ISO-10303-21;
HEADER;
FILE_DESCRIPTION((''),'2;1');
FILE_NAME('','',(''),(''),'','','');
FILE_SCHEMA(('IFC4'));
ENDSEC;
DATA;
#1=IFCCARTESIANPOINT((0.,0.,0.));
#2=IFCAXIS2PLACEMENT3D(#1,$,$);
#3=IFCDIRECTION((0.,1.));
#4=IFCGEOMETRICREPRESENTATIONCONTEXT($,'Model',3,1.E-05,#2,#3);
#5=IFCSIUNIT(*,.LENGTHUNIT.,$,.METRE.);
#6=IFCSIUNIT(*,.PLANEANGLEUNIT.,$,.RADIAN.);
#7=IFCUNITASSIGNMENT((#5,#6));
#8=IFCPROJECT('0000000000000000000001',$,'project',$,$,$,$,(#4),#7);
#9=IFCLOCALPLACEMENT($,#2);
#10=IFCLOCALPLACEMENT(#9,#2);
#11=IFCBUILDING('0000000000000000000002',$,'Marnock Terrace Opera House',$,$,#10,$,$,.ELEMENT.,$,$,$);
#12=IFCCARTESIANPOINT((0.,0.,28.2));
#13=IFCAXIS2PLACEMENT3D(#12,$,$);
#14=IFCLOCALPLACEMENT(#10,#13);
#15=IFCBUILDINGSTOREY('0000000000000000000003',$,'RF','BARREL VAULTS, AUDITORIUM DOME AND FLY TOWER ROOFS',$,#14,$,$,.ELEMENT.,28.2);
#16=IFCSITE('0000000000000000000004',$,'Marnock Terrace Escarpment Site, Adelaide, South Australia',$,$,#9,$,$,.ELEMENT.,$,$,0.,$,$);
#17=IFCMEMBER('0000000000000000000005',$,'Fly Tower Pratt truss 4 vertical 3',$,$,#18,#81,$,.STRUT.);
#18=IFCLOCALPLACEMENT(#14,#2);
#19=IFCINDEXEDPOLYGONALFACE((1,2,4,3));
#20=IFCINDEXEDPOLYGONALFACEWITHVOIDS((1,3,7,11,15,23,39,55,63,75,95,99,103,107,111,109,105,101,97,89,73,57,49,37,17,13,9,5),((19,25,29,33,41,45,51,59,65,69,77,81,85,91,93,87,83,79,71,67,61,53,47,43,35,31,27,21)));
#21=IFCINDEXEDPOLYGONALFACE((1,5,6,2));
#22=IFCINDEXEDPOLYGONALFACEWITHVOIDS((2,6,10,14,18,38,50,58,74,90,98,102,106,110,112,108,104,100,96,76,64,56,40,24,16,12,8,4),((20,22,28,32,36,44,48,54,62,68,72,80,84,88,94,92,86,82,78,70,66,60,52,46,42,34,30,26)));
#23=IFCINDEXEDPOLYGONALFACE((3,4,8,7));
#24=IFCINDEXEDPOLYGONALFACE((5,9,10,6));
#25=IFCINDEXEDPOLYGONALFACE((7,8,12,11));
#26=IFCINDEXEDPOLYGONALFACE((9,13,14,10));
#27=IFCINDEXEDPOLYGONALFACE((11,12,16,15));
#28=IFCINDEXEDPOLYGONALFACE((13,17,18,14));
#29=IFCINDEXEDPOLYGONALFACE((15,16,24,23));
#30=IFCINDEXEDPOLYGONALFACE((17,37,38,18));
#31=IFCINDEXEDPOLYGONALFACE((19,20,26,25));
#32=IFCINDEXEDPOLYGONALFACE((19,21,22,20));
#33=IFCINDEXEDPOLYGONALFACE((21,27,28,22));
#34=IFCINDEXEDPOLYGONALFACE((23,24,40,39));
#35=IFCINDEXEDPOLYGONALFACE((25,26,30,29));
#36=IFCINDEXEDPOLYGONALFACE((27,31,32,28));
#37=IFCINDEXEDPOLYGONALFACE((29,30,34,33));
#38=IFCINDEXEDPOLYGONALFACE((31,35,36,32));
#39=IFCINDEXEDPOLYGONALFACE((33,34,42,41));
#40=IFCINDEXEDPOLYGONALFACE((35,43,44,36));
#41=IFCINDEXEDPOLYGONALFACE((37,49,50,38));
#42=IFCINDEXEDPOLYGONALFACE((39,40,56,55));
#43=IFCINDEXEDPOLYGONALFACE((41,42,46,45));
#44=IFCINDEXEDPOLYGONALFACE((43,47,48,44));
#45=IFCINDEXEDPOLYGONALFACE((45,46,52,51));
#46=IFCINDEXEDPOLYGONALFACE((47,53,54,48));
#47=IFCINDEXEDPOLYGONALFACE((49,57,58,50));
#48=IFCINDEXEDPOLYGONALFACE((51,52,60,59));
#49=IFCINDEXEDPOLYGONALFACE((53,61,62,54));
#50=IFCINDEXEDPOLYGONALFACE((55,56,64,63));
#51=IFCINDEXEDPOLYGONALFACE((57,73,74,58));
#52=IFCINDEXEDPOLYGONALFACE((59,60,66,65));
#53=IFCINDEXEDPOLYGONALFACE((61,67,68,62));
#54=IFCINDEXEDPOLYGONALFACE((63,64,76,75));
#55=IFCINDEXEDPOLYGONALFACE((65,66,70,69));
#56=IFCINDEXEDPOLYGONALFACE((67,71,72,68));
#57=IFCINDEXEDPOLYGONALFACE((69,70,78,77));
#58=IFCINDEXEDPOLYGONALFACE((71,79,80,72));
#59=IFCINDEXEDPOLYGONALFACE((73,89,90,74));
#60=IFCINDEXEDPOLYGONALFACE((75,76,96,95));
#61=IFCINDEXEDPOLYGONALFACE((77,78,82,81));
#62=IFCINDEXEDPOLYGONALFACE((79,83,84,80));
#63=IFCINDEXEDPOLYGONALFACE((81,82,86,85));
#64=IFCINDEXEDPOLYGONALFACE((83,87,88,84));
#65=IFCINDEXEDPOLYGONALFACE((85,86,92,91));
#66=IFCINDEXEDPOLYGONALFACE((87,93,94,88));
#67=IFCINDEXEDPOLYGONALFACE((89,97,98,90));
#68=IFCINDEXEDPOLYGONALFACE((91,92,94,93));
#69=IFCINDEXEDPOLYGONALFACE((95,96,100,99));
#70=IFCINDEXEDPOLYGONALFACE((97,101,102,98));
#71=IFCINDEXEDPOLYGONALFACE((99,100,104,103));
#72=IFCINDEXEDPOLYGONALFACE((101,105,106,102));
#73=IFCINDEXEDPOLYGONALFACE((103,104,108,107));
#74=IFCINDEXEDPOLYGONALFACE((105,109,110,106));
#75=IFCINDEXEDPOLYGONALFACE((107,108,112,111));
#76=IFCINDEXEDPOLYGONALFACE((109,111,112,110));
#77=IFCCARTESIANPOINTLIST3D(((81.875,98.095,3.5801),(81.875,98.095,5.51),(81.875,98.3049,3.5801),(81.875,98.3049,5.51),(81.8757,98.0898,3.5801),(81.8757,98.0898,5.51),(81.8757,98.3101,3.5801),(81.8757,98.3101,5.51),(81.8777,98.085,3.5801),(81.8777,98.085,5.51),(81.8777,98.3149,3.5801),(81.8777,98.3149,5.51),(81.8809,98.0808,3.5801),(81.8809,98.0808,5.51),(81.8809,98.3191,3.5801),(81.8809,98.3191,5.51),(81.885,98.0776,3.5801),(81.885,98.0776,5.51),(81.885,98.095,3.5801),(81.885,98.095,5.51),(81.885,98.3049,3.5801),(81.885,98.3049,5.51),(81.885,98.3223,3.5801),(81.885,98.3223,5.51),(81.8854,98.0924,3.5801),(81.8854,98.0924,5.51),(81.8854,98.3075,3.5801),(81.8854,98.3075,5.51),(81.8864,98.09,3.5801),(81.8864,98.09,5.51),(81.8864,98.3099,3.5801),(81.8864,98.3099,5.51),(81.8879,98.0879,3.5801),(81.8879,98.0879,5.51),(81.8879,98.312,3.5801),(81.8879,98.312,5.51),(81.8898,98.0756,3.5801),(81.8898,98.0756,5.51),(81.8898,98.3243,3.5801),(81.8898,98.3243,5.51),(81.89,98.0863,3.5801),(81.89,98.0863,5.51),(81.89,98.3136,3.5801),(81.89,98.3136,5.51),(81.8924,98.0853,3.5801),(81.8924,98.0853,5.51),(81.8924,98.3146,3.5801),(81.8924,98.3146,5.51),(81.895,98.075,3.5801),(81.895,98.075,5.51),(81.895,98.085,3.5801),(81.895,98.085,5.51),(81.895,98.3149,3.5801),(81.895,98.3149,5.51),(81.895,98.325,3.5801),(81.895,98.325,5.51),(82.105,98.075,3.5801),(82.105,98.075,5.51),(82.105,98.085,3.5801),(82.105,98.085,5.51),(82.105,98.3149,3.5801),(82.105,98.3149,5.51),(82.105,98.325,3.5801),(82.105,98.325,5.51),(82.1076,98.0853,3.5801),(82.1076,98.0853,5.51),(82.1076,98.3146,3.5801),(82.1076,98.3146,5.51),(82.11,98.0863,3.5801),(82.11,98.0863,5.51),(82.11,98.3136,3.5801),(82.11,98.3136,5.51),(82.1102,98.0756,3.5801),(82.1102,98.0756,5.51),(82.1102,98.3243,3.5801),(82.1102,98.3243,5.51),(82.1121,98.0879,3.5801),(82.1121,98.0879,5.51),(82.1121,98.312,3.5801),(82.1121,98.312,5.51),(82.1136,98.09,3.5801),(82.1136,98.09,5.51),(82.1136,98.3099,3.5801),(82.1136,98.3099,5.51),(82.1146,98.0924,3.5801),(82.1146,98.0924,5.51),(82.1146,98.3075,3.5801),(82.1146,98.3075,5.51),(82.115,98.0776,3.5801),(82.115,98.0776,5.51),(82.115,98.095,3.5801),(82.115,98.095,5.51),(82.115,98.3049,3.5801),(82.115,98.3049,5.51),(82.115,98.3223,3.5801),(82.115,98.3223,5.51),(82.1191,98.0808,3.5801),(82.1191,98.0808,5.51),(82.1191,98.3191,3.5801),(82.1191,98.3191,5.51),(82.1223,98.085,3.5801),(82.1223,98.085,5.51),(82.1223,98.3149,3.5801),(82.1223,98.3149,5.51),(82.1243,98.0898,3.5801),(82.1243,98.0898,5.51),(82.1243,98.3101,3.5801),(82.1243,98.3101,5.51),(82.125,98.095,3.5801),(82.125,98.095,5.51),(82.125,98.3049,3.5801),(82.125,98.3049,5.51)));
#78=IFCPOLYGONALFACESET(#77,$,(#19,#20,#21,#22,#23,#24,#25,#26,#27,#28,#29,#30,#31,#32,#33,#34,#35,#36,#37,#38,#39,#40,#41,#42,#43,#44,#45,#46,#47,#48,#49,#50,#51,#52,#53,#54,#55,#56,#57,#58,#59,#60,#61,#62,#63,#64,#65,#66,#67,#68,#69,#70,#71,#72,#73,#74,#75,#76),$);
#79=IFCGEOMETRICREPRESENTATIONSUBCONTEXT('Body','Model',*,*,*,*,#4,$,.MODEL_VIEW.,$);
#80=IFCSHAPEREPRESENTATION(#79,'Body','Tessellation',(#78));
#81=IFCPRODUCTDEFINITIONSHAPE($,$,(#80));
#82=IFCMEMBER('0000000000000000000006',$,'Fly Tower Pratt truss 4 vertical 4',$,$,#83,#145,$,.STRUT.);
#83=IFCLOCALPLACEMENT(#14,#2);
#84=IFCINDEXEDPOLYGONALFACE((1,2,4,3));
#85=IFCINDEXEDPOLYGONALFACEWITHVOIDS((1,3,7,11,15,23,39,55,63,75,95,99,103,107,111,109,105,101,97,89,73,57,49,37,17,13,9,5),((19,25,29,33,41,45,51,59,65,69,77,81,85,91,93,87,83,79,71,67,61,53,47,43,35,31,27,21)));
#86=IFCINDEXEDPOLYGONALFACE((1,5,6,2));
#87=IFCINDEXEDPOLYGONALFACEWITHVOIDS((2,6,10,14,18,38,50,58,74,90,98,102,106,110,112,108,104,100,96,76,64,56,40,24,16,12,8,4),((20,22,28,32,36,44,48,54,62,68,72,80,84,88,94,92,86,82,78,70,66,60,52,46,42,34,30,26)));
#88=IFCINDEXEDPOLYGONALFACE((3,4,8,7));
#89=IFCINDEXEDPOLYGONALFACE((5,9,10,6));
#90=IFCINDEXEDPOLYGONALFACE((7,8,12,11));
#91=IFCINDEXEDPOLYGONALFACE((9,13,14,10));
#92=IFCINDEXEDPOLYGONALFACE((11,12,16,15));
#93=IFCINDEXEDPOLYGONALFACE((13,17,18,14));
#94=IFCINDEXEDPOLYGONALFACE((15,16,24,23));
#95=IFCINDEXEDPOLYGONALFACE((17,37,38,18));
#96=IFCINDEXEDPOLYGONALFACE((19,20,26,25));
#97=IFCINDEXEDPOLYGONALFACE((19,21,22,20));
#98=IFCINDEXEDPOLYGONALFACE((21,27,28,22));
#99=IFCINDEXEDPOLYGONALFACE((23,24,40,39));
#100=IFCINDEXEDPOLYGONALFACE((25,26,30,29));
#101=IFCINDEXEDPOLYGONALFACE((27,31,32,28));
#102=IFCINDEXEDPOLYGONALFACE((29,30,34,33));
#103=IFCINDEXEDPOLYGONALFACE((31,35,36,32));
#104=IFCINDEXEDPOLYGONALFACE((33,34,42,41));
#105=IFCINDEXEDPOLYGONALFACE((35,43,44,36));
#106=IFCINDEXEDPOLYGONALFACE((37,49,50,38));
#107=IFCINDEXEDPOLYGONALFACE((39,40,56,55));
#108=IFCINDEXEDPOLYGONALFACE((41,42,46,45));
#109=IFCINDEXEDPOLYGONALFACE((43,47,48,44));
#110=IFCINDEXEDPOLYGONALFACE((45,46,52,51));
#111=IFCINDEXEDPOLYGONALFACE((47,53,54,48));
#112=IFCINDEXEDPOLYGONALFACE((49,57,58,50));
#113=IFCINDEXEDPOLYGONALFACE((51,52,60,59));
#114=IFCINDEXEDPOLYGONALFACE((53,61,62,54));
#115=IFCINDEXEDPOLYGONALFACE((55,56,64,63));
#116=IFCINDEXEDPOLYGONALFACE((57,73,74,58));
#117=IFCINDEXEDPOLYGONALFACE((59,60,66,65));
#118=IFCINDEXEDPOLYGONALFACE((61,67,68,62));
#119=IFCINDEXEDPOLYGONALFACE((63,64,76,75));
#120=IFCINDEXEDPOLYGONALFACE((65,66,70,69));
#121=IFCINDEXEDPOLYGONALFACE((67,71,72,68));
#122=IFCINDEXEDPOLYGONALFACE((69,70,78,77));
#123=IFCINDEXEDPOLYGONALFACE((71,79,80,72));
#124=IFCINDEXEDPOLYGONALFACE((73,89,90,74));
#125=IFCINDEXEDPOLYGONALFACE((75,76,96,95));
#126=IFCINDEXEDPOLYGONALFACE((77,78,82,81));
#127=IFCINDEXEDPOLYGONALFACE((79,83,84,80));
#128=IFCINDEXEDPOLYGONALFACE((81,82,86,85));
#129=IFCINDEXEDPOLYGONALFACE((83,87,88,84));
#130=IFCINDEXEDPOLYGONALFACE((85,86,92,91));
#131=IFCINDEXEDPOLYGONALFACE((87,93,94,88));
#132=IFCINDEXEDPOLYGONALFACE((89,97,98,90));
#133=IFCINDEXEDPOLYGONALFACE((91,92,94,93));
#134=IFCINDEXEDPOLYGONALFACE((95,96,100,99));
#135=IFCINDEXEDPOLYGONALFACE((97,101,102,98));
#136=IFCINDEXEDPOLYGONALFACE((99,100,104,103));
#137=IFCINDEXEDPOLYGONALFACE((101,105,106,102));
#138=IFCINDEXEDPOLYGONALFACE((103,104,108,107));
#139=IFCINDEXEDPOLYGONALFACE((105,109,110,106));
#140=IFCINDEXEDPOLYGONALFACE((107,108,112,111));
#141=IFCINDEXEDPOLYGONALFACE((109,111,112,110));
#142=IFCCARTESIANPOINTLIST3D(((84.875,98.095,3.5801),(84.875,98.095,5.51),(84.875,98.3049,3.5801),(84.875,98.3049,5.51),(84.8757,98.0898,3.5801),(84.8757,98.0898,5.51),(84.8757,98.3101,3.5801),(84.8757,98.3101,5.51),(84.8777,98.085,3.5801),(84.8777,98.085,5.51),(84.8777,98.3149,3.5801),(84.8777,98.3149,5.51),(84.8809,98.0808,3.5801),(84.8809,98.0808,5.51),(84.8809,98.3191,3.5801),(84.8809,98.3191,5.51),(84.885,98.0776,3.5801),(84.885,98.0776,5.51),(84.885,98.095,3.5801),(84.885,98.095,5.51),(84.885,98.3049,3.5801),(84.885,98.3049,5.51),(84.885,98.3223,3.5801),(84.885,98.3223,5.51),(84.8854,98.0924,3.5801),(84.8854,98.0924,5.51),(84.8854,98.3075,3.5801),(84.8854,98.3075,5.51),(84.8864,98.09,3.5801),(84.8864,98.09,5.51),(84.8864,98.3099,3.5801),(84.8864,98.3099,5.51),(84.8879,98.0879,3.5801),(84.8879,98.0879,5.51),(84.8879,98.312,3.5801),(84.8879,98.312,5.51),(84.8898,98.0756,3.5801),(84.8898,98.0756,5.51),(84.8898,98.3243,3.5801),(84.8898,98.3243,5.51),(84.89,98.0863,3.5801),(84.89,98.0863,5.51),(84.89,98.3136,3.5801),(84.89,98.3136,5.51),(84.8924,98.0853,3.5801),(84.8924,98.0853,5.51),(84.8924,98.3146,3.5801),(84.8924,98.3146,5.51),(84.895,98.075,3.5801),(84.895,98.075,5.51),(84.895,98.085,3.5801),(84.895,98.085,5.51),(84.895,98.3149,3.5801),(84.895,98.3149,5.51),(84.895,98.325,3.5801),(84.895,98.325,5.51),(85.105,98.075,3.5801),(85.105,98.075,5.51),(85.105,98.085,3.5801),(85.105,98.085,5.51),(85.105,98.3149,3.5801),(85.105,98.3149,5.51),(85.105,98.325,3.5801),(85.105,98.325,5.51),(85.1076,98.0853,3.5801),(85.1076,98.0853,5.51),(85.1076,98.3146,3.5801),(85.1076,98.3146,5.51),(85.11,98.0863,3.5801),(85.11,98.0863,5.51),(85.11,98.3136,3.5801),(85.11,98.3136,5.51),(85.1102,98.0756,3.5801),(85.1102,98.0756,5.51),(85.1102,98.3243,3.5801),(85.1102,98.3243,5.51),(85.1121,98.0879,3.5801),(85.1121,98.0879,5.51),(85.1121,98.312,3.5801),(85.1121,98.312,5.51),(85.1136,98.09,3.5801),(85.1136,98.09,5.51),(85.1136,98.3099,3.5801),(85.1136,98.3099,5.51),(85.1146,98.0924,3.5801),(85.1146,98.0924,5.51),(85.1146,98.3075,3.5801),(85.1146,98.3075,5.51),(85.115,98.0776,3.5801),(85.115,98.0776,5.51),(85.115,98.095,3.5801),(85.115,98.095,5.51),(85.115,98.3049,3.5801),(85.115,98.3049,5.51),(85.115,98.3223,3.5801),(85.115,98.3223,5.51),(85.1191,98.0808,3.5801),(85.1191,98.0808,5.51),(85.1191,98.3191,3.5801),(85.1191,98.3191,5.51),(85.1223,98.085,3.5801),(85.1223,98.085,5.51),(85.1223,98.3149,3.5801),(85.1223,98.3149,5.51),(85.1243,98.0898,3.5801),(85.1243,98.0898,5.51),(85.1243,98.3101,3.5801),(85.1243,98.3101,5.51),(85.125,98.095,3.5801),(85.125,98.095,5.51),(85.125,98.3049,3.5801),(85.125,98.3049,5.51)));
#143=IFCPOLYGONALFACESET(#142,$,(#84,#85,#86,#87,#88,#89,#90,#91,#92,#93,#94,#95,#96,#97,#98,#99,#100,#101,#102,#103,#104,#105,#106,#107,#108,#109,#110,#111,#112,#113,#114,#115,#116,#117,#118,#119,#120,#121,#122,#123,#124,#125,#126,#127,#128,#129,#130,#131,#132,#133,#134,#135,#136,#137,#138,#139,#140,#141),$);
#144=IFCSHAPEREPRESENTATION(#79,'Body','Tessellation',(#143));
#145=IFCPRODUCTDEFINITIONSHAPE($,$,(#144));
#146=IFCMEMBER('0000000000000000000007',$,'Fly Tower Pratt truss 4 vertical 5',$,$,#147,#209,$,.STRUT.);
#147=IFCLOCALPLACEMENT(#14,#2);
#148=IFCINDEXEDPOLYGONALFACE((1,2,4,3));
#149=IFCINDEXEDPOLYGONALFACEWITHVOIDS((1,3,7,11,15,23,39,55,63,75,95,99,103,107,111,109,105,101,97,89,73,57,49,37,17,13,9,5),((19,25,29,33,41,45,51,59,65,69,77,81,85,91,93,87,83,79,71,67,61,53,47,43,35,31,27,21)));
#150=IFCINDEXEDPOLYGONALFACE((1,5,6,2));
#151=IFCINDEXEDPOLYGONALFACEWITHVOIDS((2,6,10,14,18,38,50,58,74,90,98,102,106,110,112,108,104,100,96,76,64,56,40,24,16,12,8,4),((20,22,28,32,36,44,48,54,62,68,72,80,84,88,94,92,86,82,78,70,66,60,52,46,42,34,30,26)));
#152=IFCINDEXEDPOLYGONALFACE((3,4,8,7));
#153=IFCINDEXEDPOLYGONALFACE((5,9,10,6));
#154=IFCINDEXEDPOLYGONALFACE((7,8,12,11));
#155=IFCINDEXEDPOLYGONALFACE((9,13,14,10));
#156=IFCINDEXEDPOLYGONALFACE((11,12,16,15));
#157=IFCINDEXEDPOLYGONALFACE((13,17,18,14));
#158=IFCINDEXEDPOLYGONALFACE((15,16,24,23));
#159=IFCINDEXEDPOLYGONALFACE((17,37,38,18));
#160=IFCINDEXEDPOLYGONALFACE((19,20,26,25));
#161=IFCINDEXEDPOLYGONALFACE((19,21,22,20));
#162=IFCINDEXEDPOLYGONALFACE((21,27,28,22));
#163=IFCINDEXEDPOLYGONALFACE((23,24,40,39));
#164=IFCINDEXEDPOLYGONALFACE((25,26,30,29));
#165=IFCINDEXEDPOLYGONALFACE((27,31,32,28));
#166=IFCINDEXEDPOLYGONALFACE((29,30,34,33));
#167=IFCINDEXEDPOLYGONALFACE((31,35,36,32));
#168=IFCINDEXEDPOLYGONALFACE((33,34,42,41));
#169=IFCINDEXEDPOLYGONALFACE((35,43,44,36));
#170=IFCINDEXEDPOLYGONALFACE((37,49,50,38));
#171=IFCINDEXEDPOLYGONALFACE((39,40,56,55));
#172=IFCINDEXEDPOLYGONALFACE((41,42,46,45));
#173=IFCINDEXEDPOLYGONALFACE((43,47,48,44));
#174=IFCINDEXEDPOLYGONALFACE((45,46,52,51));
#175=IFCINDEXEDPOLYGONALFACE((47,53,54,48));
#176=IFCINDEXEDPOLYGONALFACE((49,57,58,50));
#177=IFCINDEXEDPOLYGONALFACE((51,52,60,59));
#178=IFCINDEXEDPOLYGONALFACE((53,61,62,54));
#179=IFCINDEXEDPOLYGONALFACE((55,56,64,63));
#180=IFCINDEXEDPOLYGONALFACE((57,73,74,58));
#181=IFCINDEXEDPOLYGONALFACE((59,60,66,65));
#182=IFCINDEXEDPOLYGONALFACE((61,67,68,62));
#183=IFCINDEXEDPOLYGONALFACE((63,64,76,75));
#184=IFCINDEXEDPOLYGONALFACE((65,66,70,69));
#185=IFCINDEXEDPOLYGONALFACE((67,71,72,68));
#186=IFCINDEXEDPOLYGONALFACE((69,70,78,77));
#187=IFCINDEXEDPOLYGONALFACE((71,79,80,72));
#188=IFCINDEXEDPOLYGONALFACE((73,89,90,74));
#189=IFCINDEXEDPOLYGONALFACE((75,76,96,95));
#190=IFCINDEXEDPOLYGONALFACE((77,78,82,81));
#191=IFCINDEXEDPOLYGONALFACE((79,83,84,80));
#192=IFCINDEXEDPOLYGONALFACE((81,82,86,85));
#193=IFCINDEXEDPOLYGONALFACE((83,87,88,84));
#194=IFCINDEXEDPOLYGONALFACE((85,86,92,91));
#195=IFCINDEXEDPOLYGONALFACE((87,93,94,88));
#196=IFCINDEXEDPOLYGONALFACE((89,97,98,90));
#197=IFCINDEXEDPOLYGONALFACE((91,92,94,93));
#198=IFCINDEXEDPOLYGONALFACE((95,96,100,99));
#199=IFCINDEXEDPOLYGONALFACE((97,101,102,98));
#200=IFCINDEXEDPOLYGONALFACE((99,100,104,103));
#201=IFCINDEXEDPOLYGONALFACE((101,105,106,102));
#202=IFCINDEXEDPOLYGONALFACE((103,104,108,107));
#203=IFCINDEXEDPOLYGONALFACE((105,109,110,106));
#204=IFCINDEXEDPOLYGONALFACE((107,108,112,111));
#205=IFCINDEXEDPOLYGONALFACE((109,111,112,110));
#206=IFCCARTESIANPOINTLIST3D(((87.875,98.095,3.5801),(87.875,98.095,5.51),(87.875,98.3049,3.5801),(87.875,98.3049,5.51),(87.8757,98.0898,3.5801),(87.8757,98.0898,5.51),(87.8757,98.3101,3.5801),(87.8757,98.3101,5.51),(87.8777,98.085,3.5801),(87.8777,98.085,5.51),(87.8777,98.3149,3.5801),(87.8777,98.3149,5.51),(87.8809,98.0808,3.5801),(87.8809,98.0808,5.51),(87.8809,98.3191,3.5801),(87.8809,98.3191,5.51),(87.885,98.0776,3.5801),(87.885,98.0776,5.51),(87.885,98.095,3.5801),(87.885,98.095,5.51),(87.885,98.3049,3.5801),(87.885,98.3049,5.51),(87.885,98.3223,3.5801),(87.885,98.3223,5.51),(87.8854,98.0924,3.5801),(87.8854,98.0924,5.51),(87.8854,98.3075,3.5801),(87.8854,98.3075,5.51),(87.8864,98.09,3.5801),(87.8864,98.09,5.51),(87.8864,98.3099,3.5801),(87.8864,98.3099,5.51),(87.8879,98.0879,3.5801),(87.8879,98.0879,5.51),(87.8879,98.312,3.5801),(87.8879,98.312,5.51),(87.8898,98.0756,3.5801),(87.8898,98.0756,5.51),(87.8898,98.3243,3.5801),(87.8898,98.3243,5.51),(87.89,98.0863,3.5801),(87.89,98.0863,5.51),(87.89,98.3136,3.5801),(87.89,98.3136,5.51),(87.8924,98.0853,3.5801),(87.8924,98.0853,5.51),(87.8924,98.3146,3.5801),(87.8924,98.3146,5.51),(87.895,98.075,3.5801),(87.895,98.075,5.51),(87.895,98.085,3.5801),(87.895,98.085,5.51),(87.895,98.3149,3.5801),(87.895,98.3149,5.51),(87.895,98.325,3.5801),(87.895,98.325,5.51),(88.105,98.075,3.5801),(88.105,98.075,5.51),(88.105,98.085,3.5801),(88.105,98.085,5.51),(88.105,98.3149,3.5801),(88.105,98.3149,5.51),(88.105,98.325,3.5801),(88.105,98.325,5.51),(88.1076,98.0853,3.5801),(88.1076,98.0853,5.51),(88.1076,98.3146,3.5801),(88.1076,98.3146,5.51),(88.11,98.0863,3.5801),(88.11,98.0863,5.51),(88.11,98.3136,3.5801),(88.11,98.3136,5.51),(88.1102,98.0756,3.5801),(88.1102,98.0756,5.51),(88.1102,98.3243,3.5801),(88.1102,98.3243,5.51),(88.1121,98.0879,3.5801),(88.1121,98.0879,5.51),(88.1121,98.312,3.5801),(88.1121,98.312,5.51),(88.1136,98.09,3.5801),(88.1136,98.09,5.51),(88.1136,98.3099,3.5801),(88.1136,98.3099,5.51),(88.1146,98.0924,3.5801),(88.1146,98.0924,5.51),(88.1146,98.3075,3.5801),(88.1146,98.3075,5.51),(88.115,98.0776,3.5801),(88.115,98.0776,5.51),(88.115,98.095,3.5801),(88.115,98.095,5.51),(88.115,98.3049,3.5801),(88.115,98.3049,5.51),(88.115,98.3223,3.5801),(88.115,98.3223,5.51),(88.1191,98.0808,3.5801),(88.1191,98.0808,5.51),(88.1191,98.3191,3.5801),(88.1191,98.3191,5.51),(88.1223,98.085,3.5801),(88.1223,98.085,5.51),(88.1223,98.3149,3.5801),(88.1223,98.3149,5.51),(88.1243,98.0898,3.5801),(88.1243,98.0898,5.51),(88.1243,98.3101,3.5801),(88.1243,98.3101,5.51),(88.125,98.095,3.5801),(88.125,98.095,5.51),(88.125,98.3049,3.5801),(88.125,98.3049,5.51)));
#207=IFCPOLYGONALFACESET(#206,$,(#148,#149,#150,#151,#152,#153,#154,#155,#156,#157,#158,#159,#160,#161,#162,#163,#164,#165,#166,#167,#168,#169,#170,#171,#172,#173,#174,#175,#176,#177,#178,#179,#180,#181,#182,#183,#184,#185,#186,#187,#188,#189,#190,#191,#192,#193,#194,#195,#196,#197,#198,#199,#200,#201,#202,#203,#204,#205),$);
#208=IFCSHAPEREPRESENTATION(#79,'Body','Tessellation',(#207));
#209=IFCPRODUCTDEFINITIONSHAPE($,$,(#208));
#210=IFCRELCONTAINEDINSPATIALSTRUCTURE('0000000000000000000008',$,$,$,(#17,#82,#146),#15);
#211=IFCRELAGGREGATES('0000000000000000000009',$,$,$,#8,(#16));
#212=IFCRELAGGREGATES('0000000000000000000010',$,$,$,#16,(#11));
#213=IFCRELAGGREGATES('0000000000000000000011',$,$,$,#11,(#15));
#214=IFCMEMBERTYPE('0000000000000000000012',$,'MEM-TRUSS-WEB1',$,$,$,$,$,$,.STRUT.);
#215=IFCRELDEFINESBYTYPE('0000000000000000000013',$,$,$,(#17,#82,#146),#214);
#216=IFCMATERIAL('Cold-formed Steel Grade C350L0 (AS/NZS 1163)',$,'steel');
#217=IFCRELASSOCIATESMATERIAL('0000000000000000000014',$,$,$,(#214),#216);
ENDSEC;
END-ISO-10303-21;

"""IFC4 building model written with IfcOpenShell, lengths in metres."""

from ifc_helpers import new_model, si_unit, direction, frame, origin, origin_2d, place, context, subcontext, project, spatial, hollow_rectangle, extrude, material, material_profile, profile_set, type_object, element, save


model = new_model("IFC4")

# Units and contexts
model_context = context("Model", 3, precision=1e-05, world=origin(), true_north=direction((0.0, 1.0)))
body_context = subcontext(model_context, "Body", "Model", "MODEL_VIEW")
ifc_project = project(units=[si_unit("LENGTHUNIT", "METRE"), si_unit("PLANEANGLEUNIT", "RADIAN")], contexts=[model_context])

# Site, building, storey
site_placement = place(None, origin())
site = spatial("IfcSite", under=ifc_project, at=site_placement, Name="Marnock Terrace Escarpment Site, Adelaide, South Australia", CompositionType="ELEMENT", RefElevation=0.0)
building_placement = place(site_placement, origin())
building = spatial("IfcBuilding", under=site, at=building_placement, Name="Marnock Terrace Opera House", CompositionType="ELEMENT")
storey_placement = place(building_placement, frame((0.0, 0.0, 28.2)))
storey = spatial("IfcBuildingStorey", under=building, at=storey_placement, Name="RF", Description="BARREL VAULTS, AUDITORIUM DOME AND FLY TOWER ROOFS", CompositionType="ELEMENT", Elevation=28.2)

# Members
ifc_material_1 = material(Name="Cold-formed Steel Grade C350L0 (AS/NZS 1163)", Category="steel")
ifc_material_profile_1 = material_profile(ifc_material_1, hollow_rectangle(XDim=0.25, YDim=0.25, WallThickness=0.01, InnerFilletRadius=0.01, OuterFilletRadius=0.02, at=origin_2d()))
ifc_profile_set_1 = profile_set([ifc_material_profile_1], Name="Cold-formed Steel Grade C350L0 (AS/NZS 1163)")
member_type_1 = type_object("IfcMemberType", Name="MEM-TRUSS-WEB1", PredefinedType="STRUT", material=ifc_profile_set_1)
for number, where, z_axis, x_axis, name in (
    (1, (82.0, 98.2, 3.5801), (0.0, 0.0, 1.0), (1.0, 0.0, 0.0), "Fly Tower Pratt truss 4 vertical 3"),
    (2, (85.0, 98.2, 3.5801), (0.0, 0.0, 1.0), (1.0, 0.0, 0.0), "Fly Tower Pratt truss 4 vertical 4"),
    (3, (88.0, 98.2, 3.5801), (0.0, 0.0, 1.0), (1.0, 0.0, 0.0), "Fly Tower Pratt truss 4 vertical 5"),
):
    element("IfcMember", number, at=place(storey_placement, frame(where, z_axis=z_axis, x_axis=x_axis)), inside=storey, type_object=member_type_1, Name=name, PredefinedType="STRUT", context=body_context, shape_type="SweptSolid", body=[
        extrude(hollow_rectangle(XDim=0.25, YDim=0.25, WallThickness=0.01, InnerFilletRadius=0.01, OuterFilletRadius=0.02, at=origin_2d()), origin(), (0.0, 0.0, 1.0), 1.9299),
    ])

save(model, "model.ifc")
